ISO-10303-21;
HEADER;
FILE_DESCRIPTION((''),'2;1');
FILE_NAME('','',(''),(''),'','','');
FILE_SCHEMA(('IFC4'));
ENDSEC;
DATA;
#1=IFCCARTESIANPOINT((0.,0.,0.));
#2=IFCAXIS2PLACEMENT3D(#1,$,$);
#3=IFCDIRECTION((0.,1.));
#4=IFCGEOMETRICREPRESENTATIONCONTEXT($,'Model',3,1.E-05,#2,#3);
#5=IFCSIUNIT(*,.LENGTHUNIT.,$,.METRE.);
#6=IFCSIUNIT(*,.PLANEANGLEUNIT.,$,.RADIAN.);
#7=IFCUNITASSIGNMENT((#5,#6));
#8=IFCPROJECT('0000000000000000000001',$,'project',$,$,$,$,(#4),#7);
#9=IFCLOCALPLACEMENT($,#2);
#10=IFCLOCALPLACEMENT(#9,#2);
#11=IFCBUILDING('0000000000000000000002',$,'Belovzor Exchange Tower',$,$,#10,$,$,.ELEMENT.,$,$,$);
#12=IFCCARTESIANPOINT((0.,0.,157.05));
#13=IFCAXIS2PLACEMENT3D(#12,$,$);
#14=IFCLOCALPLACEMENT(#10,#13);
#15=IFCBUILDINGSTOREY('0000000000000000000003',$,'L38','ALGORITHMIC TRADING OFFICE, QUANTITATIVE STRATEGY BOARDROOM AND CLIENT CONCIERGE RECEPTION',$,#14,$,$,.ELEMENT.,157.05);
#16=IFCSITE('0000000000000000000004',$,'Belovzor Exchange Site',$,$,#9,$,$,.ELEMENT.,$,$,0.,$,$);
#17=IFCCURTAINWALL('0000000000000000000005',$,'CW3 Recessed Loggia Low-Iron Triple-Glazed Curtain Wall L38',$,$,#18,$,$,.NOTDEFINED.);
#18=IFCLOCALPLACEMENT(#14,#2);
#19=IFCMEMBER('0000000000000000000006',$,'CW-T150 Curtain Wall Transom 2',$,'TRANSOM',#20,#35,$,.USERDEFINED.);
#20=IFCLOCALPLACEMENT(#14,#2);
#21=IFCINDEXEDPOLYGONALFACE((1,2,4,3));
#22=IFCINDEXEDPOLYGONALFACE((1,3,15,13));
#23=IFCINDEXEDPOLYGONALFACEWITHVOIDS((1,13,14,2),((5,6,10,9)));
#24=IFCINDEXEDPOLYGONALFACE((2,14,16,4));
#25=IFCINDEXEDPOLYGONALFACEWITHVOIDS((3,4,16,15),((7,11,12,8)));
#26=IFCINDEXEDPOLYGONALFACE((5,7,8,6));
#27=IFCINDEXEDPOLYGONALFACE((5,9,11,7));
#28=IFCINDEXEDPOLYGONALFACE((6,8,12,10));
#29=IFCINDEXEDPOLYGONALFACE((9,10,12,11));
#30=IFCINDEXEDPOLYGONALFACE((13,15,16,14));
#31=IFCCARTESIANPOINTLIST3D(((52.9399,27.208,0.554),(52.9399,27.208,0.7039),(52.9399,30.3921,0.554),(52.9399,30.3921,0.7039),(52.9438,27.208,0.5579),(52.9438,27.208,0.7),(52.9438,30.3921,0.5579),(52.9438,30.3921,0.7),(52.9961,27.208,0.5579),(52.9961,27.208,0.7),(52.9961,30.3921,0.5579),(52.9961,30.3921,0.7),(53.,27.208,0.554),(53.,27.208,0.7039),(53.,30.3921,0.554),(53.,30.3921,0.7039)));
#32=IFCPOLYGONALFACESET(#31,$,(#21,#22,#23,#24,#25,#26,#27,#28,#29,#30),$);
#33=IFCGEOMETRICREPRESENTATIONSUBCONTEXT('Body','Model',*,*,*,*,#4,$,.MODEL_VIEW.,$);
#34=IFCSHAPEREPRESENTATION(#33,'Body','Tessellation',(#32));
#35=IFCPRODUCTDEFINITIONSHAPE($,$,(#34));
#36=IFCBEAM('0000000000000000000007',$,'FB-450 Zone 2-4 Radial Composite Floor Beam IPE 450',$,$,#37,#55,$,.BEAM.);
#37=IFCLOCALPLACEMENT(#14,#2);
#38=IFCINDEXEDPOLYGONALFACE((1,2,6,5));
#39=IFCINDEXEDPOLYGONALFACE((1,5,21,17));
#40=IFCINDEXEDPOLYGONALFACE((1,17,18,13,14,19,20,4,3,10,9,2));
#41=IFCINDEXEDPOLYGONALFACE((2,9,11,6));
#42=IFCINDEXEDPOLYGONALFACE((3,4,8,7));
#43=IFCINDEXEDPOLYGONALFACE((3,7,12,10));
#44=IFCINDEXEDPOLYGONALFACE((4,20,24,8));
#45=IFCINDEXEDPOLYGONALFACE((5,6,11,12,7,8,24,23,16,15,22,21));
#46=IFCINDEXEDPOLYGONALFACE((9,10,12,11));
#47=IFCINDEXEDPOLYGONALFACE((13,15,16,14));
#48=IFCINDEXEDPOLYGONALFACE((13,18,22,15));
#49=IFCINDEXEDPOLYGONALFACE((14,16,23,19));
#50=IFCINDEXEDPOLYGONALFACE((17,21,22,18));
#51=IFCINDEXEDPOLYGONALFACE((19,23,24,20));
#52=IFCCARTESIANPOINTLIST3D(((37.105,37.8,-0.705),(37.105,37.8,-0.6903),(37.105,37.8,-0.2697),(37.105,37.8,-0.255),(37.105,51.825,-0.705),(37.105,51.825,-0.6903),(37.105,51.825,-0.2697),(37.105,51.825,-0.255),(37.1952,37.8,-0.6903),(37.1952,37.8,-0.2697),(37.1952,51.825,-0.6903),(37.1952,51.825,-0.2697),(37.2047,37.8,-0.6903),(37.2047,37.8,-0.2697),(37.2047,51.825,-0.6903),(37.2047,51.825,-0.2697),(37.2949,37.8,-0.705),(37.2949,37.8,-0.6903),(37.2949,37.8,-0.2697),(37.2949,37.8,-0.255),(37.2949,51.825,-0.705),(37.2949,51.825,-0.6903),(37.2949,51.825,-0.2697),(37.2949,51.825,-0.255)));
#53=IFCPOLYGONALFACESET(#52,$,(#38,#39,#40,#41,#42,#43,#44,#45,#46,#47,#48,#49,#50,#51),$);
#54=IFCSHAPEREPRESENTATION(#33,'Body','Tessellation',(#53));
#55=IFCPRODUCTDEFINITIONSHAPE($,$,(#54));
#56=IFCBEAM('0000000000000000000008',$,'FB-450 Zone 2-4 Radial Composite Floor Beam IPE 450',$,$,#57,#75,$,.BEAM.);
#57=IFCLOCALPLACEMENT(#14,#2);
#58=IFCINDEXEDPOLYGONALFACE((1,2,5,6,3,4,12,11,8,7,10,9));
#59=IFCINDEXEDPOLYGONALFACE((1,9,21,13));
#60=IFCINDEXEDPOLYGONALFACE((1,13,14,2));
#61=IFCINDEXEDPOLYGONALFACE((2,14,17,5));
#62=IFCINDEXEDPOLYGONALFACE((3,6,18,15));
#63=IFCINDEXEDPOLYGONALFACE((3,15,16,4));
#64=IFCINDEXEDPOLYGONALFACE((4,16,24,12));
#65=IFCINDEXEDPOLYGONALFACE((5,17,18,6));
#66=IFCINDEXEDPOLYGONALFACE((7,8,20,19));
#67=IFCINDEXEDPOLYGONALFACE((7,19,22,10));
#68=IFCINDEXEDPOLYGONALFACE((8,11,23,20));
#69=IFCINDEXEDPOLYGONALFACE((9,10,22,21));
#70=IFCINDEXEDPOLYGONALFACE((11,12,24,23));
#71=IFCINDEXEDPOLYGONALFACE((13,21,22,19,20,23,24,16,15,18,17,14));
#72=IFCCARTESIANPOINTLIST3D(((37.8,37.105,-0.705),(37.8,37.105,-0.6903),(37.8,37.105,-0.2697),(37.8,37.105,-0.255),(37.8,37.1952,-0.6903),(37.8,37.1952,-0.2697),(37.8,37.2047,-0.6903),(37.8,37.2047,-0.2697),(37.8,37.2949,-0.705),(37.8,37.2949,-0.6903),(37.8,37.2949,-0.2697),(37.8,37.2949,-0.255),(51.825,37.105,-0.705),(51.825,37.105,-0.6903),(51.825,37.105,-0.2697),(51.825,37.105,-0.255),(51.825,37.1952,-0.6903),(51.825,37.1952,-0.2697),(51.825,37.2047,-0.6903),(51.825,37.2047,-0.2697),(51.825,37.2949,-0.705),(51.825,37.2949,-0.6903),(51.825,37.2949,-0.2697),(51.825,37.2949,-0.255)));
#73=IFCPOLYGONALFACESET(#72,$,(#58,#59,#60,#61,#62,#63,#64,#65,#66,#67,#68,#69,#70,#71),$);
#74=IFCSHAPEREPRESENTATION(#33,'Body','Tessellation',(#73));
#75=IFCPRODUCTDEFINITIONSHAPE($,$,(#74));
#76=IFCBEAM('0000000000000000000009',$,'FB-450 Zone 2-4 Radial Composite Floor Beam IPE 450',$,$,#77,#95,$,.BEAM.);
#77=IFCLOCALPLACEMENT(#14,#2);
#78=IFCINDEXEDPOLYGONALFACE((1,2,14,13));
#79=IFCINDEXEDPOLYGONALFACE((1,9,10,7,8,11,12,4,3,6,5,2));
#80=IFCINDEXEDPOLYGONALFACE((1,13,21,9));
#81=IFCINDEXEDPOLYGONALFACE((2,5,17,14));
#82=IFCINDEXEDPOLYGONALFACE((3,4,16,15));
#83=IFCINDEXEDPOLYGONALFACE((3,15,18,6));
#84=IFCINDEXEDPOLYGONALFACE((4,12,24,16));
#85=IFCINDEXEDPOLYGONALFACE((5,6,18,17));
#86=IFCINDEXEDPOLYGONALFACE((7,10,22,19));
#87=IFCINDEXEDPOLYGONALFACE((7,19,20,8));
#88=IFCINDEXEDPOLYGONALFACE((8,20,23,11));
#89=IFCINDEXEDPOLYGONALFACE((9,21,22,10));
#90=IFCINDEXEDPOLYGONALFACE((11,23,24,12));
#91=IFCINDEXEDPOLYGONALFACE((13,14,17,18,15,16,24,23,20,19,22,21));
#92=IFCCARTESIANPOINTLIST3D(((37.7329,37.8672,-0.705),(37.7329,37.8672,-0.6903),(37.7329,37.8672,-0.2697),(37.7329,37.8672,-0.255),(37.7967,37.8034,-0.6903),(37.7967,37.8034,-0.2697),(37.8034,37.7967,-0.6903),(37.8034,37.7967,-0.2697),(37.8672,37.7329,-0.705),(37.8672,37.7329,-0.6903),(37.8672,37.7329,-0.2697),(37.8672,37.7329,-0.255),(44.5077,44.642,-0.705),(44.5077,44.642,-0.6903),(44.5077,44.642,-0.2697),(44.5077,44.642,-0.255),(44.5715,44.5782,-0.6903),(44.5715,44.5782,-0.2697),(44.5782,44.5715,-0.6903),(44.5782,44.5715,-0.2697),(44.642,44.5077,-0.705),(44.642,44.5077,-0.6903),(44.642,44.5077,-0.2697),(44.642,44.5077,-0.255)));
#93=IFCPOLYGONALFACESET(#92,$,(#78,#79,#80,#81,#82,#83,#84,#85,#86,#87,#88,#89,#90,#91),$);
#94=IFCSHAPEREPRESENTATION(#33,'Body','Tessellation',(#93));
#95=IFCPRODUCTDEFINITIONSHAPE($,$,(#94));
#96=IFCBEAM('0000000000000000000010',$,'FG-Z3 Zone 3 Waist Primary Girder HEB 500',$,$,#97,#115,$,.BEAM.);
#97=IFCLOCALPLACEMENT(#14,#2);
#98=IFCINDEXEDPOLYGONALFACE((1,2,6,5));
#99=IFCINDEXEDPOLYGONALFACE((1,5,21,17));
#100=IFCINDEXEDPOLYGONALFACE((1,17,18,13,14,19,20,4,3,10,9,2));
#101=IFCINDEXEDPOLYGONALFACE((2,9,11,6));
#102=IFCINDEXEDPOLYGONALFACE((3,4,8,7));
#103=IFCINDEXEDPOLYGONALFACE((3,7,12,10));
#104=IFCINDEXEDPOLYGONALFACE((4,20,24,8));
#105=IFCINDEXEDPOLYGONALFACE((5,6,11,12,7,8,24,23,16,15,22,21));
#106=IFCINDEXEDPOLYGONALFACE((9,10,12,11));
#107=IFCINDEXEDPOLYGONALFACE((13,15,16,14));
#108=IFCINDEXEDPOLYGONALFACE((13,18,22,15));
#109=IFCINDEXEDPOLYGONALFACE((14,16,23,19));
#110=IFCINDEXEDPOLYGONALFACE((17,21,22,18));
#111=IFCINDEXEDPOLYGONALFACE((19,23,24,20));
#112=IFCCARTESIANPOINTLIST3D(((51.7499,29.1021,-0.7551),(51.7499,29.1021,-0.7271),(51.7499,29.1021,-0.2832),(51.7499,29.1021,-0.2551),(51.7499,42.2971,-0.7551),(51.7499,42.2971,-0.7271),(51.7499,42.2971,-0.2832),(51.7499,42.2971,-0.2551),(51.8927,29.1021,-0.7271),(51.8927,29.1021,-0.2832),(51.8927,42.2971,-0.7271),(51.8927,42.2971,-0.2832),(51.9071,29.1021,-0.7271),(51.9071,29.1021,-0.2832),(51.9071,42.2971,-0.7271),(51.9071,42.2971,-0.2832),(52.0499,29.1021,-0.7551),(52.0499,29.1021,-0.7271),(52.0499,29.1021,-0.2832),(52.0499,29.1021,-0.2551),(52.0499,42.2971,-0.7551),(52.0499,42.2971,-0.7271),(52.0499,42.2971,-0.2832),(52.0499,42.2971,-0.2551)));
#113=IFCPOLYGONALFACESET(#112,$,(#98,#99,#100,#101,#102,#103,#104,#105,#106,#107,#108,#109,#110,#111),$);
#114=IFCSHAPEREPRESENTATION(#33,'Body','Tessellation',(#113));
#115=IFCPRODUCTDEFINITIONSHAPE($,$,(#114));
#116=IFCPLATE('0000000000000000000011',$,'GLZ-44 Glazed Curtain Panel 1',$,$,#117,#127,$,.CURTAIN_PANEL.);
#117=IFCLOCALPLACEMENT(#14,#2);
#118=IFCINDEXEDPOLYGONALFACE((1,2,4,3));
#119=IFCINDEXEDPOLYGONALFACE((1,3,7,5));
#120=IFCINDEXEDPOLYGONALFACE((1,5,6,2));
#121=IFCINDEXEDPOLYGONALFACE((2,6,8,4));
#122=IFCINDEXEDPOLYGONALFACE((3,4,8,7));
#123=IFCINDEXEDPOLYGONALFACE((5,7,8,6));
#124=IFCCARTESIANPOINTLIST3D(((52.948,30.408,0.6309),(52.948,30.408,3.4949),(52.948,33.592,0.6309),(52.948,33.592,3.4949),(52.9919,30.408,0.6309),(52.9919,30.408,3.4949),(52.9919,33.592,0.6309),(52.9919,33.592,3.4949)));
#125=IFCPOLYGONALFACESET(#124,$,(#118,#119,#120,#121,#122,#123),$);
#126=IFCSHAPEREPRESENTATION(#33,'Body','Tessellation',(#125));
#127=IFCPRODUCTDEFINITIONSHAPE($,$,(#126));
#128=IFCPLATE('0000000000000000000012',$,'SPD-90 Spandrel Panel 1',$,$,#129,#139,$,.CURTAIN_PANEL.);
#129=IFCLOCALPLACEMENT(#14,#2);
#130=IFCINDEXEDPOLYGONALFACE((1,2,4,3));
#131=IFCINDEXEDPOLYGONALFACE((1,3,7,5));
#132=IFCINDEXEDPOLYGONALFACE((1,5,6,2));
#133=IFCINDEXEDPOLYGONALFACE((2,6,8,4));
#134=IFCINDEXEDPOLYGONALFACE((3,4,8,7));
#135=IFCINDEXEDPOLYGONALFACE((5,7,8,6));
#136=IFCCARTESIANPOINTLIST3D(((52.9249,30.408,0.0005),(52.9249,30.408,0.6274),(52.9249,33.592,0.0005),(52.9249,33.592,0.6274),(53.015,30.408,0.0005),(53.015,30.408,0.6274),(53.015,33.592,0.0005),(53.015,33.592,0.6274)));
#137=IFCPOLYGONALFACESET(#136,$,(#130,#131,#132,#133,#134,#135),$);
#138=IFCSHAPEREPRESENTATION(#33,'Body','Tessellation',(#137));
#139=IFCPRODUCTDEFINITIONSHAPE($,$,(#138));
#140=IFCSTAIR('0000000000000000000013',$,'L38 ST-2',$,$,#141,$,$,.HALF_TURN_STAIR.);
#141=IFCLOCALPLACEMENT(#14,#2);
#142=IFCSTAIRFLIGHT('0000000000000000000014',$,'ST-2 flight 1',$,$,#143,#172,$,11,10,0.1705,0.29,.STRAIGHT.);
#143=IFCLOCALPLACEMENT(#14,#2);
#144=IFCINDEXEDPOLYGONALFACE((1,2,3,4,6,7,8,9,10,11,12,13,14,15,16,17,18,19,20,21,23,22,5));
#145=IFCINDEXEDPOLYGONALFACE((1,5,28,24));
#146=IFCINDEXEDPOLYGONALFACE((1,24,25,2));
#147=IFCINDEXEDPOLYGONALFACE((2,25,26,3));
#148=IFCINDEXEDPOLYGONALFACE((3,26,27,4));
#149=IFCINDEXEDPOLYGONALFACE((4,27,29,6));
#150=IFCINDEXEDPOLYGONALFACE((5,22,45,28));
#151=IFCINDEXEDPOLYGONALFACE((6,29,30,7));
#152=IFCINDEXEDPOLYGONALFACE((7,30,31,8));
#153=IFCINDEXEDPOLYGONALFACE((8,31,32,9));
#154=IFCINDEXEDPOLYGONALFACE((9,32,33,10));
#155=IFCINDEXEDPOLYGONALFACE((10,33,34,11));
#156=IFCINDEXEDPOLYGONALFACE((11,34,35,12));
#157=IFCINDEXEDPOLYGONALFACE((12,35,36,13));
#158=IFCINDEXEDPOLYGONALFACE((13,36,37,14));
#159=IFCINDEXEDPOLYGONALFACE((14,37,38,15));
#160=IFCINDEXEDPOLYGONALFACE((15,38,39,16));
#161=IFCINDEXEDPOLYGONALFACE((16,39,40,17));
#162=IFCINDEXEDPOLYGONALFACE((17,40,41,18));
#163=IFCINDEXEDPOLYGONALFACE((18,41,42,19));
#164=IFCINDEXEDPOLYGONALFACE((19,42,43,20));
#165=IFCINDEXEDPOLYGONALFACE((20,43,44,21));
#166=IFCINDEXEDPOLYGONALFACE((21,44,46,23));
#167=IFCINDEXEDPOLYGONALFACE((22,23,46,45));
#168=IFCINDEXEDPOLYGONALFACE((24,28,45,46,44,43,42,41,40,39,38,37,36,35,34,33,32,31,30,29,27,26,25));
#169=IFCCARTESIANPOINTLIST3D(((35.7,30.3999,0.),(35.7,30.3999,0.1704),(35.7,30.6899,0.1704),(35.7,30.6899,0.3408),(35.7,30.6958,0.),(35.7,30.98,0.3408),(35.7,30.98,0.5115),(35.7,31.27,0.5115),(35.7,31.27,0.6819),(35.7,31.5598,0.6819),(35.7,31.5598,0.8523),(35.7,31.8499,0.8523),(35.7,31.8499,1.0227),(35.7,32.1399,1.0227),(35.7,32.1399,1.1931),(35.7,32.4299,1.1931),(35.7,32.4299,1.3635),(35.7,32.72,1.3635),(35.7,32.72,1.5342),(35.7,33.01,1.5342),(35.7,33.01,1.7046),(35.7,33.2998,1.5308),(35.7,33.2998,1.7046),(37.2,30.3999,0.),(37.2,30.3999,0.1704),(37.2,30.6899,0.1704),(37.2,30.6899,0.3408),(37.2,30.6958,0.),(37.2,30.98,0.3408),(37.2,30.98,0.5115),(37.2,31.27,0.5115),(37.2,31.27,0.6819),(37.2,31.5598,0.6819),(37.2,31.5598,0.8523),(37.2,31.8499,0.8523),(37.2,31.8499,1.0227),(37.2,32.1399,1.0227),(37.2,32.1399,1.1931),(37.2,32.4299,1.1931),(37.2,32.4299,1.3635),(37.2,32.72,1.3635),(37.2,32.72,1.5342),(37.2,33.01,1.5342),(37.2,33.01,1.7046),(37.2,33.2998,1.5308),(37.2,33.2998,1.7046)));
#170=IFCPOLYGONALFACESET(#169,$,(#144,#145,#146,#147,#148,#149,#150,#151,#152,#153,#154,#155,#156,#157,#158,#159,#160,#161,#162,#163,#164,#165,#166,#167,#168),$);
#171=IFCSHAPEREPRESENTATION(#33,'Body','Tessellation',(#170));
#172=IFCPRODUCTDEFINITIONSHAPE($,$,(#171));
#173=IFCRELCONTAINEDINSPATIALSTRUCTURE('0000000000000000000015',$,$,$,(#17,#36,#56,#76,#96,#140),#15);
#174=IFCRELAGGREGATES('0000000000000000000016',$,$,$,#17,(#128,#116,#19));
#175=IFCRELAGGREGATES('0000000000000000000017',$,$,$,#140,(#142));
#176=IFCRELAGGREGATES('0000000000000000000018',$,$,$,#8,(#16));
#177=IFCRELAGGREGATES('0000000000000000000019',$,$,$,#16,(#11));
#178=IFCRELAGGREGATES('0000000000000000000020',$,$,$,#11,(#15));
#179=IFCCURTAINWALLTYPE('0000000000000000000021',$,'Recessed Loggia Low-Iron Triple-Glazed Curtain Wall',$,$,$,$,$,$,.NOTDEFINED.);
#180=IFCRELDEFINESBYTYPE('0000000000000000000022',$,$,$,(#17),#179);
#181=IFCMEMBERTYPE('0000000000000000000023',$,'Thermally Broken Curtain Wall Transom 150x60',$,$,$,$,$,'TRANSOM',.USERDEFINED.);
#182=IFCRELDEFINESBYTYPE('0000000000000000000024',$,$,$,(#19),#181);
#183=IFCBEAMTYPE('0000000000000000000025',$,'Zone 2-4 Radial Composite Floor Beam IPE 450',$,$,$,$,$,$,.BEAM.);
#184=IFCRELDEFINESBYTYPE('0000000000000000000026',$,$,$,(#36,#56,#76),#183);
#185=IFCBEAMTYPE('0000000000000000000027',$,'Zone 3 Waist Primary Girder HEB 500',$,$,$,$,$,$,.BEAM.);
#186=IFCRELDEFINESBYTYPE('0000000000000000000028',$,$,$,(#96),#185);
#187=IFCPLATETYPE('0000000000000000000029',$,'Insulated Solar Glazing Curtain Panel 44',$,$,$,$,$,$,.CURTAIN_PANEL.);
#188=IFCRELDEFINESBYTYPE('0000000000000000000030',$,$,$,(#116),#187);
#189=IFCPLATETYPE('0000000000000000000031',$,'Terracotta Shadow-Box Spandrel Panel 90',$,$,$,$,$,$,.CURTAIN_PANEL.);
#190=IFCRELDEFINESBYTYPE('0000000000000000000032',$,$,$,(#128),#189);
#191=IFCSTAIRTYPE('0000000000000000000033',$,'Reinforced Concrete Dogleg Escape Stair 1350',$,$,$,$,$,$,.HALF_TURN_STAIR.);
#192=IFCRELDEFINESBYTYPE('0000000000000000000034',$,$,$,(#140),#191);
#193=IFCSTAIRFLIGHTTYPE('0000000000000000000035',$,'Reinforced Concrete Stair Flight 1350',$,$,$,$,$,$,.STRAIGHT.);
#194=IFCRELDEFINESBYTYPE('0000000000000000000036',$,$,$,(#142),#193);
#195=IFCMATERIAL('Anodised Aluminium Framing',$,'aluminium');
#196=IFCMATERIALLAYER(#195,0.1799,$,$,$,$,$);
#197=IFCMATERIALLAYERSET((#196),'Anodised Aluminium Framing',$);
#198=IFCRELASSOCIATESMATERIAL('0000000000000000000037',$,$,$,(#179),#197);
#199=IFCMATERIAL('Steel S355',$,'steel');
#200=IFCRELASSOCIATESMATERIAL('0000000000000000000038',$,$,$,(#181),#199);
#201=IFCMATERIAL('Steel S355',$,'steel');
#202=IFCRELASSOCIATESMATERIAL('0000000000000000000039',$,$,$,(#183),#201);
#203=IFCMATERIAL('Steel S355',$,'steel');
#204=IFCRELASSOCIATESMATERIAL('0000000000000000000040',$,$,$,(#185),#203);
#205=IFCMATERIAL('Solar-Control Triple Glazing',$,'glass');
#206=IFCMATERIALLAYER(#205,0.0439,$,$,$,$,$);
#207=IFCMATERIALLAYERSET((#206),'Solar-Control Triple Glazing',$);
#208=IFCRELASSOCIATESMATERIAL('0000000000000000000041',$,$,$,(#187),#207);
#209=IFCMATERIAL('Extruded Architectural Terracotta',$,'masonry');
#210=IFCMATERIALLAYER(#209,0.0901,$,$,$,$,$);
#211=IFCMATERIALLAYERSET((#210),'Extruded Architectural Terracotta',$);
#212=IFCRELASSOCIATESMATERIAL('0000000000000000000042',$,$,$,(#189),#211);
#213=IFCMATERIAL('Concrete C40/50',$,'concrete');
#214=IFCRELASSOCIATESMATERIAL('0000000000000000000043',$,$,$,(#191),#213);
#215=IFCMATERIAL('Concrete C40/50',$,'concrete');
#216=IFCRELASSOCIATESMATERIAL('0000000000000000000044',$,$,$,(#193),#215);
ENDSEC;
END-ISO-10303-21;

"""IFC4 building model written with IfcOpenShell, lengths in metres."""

from ifc_helpers import new_model, si_unit, direction, frame, origin, origin_2d, place, context, subcontext, project, spatial, polyline, rectangle, hollow_rectangle, i_section, outline, extrude, material, layer, layer_set, material_profile, profile_set, type_object, element, aggregate, save


model = new_model("IFC4")

# Units and contexts
model_context = context("Model", 3, precision=1e-05, world=origin(), true_north=direction((0.0, 1.0)))
body_context = subcontext(model_context, "Body", "Model", "MODEL_VIEW")
ifc_project = project(units=[si_unit("LENGTHUNIT", "METRE"), si_unit("PLANEANGLEUNIT", "RADIAN")], contexts=[model_context])

# Site, building, storey
site_placement = place(None, origin())
site = spatial("IfcSite", under=ifc_project, at=site_placement, Name="Belovzor Exchange Site", CompositionType="ELEMENT", RefElevation=0.0)
building_placement = place(site_placement, origin())
building = spatial("IfcBuilding", under=site, at=building_placement, Name="Belovzor Exchange Tower", CompositionType="ELEMENT")
storey_placement = place(building_placement, frame((0.0, 0.0, 157.05)))
storey = spatial("IfcBuildingStorey", under=building, at=storey_placement, Name="L38", Description="ALGORITHMIC TRADING OFFICE, QUANTITATIVE STRATEGY BOARDROOM AND CLIENT CONCIERGE RECEPTION", CompositionType="ELEMENT", Elevation=157.05)

# Curtain wall, member
ifc_material_1 = material(Name="Anodised Aluminium Framing", Category="aluminium")
ifc_layer_1 = layer(ifc_material_1, 0.1799)
ifc_layer_set_1 = layer_set([ifc_layer_1], Name="Anodised Aluminium Framing")
curtain_wall_type = type_object("IfcCurtainWallType", Name="Recessed Loggia Low-Iron Triple-Glazed Curtain Wall", PredefinedType="NOTDEFINED", material=ifc_layer_set_1)
curtain_wall_placement = place(storey_placement, origin())
curtain_wall = element("IfcCurtainWall", 1, at=curtain_wall_placement, inside=storey, type_object=curtain_wall_type, Name="CW3 Recessed Loggia Low-Iron Triple-Glazed Curtain Wall L38", PredefinedType="NOTDEFINED")
ifc_material_2 = material(Name="Steel S355", Category="steel")
ifc_material_profile_1 = material_profile(ifc_material_2, hollow_rectangle(XDim=0.0601, YDim=0.1499, WallThickness=0.0039, at=origin_2d()))
ifc_profile_set_1 = profile_set([ifc_material_profile_1], Name="Steel S355")
member_type_1 = type_object("IfcMemberType", Name="Thermally Broken Curtain Wall Transom 150x60", ElementType="TRANSOM", PredefinedType="USERDEFINED", material=ifc_profile_set_1)
member_1_placement = place(storey_placement, frame((52.97, 30.3921, 0.6289), z_axis=(0.0, -1.0, 0.0), x_axis=(1.0, 0.0, 0.0)))
member_1 = element("IfcMember", 2, at=member_1_placement, type_object=member_type_1, Name="CW-T150 Curtain Wall Transom 2", ObjectType="TRANSOM", PredefinedType="USERDEFINED", context=body_context, shape_type="SweptSolid", body=[
    extrude(hollow_rectangle(XDim=0.0601, YDim=0.1499, WallThickness=0.0039, at=origin_2d()), origin(), (0.0, 0.0, 1.0), 3.1841),
])

# Beams
ifc_material_3 = material(Name="Steel S355", Category="steel")
ifc_material_profile_2 = material_profile(ifc_material_3, i_section(OverallWidth=0.1899, OverallDepth=0.45, WebThickness=0.0095, FlangeThickness=0.0146, at=origin_2d()))
ifc_profile_set_2 = profile_set([ifc_material_profile_2], Name="Steel S355")
beam_type_1 = type_object("IfcBeamType", Name="Zone 2-4 Radial Composite Floor Beam IPE 450", PredefinedType="BEAM", material=ifc_profile_set_2)
for number, where, z_axis, x_axis, name in (
    (3, (37.2, 37.8, -0.48), (0.0, 1.0, 0.0), (-1.0, 0.0, 0.0), "FB-450 Zone 2-4 Radial Composite Floor Beam IPE 450"),
    (4, (37.8, 37.2, -0.48), (1.0, 0.0, 0.0), (0.0, 1.0, 0.0), "FB-450 Zone 2-4 Radial Composite Floor Beam IPE 450"),
):
    element("IfcBeam", number, at=place(storey_placement, frame(where, z_axis=z_axis, x_axis=x_axis)), inside=storey, type_object=beam_type_1, Name=name, PredefinedType="BEAM", context=body_context, shape_type="SweptSolid", body=[
        extrude(i_section(OverallWidth=0.1899, OverallDepth=0.45, WebThickness=0.0095, FlangeThickness=0.0146, at=origin_2d()), origin(), (0.0, 0.0, 1.0), 14.0249),
    ])
beam_1_placement = place(storey_placement, frame((37.8, 37.8, -0.48), z_axis=(0.707107, 0.707107, 0.0), x_axis=(-0.707107, 0.707107, 0.0)))
element("IfcBeam", 5, at=beam_1_placement, inside=storey, type_object=beam_type_1, Name="FB-450 Zone 2-4 Radial Composite Floor Beam IPE 450", PredefinedType="BEAM", context=body_context, shape_type="SweptSolid", body=[
    extrude(i_section(OverallWidth=0.1899, OverallDepth=0.45, WebThickness=0.0095, FlangeThickness=0.0146, at=origin_2d()), origin(), (0.0, 0.0, 1.0), 9.5811),
])
ifc_material_4 = material(Name="Steel S355", Category="steel")
ifc_material_profile_3 = material_profile(ifc_material_4, i_section(OverallWidth=0.3, OverallDepth=0.5, WebThickness=0.0144, FlangeThickness=0.0281, at=origin_2d()))
ifc_profile_set_3 = profile_set([ifc_material_profile_3], Name="Steel S355")
beam_type_2 = type_object("IfcBeamType", Name="Zone 3 Waist Primary Girder HEB 500", PredefinedType="BEAM", material=ifc_profile_set_3)
beam_2_placement = place(storey_placement, frame((51.8999, 29.1021, -0.5051), z_axis=(0.0, 1.0, 0.0), x_axis=(-1.0, 0.0, 0.0)))
element("IfcBeam", 6, at=beam_2_placement, inside=storey, type_object=beam_type_2, Name="FG-Z3 Zone 3 Waist Primary Girder HEB 500", PredefinedType="BEAM", context=body_context, shape_type="SweptSolid", body=[
    extrude(i_section(OverallWidth=0.3, OverallDepth=0.5, WebThickness=0.0144, FlangeThickness=0.0281, at=origin_2d()), origin(), (0.0, 0.0, 1.0), 13.1951),
])

# Plates
ifc_material_5 = material(Name="Solar-Control Triple Glazing", Category="glass")
ifc_layer_2 = layer(ifc_material_5, 0.0439)
ifc_layer_set_2 = layer_set([ifc_layer_2], Name="Solar-Control Triple Glazing")
plate_type_1 = type_object("IfcPlateType", Name="Insulated Solar Glazing Curtain Panel 44", PredefinedType="CURTAIN_PANEL", material=ifc_layer_set_2)
plate_1_placement = place(storey_placement, frame((52.97, 32.0, 0.6309), z_axis=(0.0, 0.0, 1.0), x_axis=(0.0, -1.0, 0.0)))
plate_1 = element("IfcPlate", 7, at=plate_1_placement, type_object=plate_type_1, Name="GLZ-44 Glazed Curtain Panel 1", PredefinedType="CURTAIN_PANEL", context=body_context, shape_type="SweptSolid", body=[
    extrude(rectangle(XDim=3.1841, YDim=0.0439, at=origin_2d()), origin(), (0.0, 0.0, 1.0), 2.864),
])
ifc_material_6 = material(Name="Extruded Architectural Terracotta", Category="masonry")
ifc_layer_3 = layer(ifc_material_6, 0.0901)
ifc_layer_set_3 = layer_set([ifc_layer_3], Name="Extruded Architectural Terracotta")
plate_type_2 = type_object("IfcPlateType", Name="Terracotta Shadow-Box Spandrel Panel 90", PredefinedType="CURTAIN_PANEL", material=ifc_layer_set_3)
plate_2_placement = place(storey_placement, frame((52.97, 32.0, 0.0005), z_axis=(0.0, 0.0, 1.0), x_axis=(0.0, -1.0, 0.0)))
plate_2 = element("IfcPlate", 8, at=plate_2_placement, type_object=plate_type_2, Name="SPD-90 Spandrel Panel 1", PredefinedType="CURTAIN_PANEL", context=body_context, shape_type="SweptSolid", body=[
    extrude(rectangle(XDim=3.1841, YDim=0.0901, at=origin_2d()), origin(), (0.0, 0.0, 1.0), 0.627),
])
aggregate(curtain_wall, [plate_2, plate_1, member_1])

# Stair, stair flight
ifc_material_7 = material(Name="Concrete C40/50", Category="concrete")
stair_type = type_object("IfcStairType", Name="Reinforced Concrete Dogleg Escape Stair 1350", PredefinedType="HALF_TURN_STAIR", material=ifc_material_7)
stair_placement = place(storey_placement, origin())
stair = element("IfcStair", 9, at=stair_placement, inside=storey, type_object=stair_type, Name="L38 ST-2", PredefinedType="HALF_TURN_STAIR")
ifc_material_8 = material(Name="Concrete C40/50", Category="concrete")
stair_flight_type = type_object("IfcStairFlightType", Name="Reinforced Concrete Stair Flight 1350", PredefinedType="STRAIGHT", material=ifc_material_8)
stair_flight_placement = place(storey_placement, frame((36.45, 30.3999, 0.0), z_axis=(0.0, 0.0, 1.0), x_axis=(0.0, 1.0, 0.0)))
stair_flight = element("IfcStairFlight", 10, at=stair_flight_placement, type_object=stair_flight_type, Name="ST-2 flight 1", NumberOfRisers=11, NumberOfTreads=10, PredefinedType="STRAIGHT", RiserHeight=0.1705, TreadLength=0.29, context=body_context, shape_type="SweptSolid", body=[
    extrude(outline(polyline([(0.0, 0.0), (0.0, 0.1704), (0.29, 0.1704), (0.29, 0.3408), (0.5801, 0.3408), (0.5801, 0.5115), (0.8701, 0.5115), (0.8701, 0.6819), (1.1599, 0.6819), (1.1599, 0.8523), (1.45, 0.8523), (1.45, 1.0227), (1.74, 1.0227), (1.74, 1.1931), (2.03, 1.1931), (2.03, 1.3635), (2.3201, 1.3635), (2.3201, 1.5342), (2.6101, 1.5342), (2.6101, 1.7046), (2.8999, 1.7046), (2.8999, 1.875), (2.8999, 1.5308), (0.2959, 0.0), (0.0, 0.0)])), frame((0.0, 0.75, 0.0), z_axis=(0.0, -1.0, 0.0), x_axis=(1.0, 0.0, 0.0)), (0.0, 0.0, 1.0), 1.5),
])
aggregate(stair, [stair_flight])

save(model, "model.ifc")
